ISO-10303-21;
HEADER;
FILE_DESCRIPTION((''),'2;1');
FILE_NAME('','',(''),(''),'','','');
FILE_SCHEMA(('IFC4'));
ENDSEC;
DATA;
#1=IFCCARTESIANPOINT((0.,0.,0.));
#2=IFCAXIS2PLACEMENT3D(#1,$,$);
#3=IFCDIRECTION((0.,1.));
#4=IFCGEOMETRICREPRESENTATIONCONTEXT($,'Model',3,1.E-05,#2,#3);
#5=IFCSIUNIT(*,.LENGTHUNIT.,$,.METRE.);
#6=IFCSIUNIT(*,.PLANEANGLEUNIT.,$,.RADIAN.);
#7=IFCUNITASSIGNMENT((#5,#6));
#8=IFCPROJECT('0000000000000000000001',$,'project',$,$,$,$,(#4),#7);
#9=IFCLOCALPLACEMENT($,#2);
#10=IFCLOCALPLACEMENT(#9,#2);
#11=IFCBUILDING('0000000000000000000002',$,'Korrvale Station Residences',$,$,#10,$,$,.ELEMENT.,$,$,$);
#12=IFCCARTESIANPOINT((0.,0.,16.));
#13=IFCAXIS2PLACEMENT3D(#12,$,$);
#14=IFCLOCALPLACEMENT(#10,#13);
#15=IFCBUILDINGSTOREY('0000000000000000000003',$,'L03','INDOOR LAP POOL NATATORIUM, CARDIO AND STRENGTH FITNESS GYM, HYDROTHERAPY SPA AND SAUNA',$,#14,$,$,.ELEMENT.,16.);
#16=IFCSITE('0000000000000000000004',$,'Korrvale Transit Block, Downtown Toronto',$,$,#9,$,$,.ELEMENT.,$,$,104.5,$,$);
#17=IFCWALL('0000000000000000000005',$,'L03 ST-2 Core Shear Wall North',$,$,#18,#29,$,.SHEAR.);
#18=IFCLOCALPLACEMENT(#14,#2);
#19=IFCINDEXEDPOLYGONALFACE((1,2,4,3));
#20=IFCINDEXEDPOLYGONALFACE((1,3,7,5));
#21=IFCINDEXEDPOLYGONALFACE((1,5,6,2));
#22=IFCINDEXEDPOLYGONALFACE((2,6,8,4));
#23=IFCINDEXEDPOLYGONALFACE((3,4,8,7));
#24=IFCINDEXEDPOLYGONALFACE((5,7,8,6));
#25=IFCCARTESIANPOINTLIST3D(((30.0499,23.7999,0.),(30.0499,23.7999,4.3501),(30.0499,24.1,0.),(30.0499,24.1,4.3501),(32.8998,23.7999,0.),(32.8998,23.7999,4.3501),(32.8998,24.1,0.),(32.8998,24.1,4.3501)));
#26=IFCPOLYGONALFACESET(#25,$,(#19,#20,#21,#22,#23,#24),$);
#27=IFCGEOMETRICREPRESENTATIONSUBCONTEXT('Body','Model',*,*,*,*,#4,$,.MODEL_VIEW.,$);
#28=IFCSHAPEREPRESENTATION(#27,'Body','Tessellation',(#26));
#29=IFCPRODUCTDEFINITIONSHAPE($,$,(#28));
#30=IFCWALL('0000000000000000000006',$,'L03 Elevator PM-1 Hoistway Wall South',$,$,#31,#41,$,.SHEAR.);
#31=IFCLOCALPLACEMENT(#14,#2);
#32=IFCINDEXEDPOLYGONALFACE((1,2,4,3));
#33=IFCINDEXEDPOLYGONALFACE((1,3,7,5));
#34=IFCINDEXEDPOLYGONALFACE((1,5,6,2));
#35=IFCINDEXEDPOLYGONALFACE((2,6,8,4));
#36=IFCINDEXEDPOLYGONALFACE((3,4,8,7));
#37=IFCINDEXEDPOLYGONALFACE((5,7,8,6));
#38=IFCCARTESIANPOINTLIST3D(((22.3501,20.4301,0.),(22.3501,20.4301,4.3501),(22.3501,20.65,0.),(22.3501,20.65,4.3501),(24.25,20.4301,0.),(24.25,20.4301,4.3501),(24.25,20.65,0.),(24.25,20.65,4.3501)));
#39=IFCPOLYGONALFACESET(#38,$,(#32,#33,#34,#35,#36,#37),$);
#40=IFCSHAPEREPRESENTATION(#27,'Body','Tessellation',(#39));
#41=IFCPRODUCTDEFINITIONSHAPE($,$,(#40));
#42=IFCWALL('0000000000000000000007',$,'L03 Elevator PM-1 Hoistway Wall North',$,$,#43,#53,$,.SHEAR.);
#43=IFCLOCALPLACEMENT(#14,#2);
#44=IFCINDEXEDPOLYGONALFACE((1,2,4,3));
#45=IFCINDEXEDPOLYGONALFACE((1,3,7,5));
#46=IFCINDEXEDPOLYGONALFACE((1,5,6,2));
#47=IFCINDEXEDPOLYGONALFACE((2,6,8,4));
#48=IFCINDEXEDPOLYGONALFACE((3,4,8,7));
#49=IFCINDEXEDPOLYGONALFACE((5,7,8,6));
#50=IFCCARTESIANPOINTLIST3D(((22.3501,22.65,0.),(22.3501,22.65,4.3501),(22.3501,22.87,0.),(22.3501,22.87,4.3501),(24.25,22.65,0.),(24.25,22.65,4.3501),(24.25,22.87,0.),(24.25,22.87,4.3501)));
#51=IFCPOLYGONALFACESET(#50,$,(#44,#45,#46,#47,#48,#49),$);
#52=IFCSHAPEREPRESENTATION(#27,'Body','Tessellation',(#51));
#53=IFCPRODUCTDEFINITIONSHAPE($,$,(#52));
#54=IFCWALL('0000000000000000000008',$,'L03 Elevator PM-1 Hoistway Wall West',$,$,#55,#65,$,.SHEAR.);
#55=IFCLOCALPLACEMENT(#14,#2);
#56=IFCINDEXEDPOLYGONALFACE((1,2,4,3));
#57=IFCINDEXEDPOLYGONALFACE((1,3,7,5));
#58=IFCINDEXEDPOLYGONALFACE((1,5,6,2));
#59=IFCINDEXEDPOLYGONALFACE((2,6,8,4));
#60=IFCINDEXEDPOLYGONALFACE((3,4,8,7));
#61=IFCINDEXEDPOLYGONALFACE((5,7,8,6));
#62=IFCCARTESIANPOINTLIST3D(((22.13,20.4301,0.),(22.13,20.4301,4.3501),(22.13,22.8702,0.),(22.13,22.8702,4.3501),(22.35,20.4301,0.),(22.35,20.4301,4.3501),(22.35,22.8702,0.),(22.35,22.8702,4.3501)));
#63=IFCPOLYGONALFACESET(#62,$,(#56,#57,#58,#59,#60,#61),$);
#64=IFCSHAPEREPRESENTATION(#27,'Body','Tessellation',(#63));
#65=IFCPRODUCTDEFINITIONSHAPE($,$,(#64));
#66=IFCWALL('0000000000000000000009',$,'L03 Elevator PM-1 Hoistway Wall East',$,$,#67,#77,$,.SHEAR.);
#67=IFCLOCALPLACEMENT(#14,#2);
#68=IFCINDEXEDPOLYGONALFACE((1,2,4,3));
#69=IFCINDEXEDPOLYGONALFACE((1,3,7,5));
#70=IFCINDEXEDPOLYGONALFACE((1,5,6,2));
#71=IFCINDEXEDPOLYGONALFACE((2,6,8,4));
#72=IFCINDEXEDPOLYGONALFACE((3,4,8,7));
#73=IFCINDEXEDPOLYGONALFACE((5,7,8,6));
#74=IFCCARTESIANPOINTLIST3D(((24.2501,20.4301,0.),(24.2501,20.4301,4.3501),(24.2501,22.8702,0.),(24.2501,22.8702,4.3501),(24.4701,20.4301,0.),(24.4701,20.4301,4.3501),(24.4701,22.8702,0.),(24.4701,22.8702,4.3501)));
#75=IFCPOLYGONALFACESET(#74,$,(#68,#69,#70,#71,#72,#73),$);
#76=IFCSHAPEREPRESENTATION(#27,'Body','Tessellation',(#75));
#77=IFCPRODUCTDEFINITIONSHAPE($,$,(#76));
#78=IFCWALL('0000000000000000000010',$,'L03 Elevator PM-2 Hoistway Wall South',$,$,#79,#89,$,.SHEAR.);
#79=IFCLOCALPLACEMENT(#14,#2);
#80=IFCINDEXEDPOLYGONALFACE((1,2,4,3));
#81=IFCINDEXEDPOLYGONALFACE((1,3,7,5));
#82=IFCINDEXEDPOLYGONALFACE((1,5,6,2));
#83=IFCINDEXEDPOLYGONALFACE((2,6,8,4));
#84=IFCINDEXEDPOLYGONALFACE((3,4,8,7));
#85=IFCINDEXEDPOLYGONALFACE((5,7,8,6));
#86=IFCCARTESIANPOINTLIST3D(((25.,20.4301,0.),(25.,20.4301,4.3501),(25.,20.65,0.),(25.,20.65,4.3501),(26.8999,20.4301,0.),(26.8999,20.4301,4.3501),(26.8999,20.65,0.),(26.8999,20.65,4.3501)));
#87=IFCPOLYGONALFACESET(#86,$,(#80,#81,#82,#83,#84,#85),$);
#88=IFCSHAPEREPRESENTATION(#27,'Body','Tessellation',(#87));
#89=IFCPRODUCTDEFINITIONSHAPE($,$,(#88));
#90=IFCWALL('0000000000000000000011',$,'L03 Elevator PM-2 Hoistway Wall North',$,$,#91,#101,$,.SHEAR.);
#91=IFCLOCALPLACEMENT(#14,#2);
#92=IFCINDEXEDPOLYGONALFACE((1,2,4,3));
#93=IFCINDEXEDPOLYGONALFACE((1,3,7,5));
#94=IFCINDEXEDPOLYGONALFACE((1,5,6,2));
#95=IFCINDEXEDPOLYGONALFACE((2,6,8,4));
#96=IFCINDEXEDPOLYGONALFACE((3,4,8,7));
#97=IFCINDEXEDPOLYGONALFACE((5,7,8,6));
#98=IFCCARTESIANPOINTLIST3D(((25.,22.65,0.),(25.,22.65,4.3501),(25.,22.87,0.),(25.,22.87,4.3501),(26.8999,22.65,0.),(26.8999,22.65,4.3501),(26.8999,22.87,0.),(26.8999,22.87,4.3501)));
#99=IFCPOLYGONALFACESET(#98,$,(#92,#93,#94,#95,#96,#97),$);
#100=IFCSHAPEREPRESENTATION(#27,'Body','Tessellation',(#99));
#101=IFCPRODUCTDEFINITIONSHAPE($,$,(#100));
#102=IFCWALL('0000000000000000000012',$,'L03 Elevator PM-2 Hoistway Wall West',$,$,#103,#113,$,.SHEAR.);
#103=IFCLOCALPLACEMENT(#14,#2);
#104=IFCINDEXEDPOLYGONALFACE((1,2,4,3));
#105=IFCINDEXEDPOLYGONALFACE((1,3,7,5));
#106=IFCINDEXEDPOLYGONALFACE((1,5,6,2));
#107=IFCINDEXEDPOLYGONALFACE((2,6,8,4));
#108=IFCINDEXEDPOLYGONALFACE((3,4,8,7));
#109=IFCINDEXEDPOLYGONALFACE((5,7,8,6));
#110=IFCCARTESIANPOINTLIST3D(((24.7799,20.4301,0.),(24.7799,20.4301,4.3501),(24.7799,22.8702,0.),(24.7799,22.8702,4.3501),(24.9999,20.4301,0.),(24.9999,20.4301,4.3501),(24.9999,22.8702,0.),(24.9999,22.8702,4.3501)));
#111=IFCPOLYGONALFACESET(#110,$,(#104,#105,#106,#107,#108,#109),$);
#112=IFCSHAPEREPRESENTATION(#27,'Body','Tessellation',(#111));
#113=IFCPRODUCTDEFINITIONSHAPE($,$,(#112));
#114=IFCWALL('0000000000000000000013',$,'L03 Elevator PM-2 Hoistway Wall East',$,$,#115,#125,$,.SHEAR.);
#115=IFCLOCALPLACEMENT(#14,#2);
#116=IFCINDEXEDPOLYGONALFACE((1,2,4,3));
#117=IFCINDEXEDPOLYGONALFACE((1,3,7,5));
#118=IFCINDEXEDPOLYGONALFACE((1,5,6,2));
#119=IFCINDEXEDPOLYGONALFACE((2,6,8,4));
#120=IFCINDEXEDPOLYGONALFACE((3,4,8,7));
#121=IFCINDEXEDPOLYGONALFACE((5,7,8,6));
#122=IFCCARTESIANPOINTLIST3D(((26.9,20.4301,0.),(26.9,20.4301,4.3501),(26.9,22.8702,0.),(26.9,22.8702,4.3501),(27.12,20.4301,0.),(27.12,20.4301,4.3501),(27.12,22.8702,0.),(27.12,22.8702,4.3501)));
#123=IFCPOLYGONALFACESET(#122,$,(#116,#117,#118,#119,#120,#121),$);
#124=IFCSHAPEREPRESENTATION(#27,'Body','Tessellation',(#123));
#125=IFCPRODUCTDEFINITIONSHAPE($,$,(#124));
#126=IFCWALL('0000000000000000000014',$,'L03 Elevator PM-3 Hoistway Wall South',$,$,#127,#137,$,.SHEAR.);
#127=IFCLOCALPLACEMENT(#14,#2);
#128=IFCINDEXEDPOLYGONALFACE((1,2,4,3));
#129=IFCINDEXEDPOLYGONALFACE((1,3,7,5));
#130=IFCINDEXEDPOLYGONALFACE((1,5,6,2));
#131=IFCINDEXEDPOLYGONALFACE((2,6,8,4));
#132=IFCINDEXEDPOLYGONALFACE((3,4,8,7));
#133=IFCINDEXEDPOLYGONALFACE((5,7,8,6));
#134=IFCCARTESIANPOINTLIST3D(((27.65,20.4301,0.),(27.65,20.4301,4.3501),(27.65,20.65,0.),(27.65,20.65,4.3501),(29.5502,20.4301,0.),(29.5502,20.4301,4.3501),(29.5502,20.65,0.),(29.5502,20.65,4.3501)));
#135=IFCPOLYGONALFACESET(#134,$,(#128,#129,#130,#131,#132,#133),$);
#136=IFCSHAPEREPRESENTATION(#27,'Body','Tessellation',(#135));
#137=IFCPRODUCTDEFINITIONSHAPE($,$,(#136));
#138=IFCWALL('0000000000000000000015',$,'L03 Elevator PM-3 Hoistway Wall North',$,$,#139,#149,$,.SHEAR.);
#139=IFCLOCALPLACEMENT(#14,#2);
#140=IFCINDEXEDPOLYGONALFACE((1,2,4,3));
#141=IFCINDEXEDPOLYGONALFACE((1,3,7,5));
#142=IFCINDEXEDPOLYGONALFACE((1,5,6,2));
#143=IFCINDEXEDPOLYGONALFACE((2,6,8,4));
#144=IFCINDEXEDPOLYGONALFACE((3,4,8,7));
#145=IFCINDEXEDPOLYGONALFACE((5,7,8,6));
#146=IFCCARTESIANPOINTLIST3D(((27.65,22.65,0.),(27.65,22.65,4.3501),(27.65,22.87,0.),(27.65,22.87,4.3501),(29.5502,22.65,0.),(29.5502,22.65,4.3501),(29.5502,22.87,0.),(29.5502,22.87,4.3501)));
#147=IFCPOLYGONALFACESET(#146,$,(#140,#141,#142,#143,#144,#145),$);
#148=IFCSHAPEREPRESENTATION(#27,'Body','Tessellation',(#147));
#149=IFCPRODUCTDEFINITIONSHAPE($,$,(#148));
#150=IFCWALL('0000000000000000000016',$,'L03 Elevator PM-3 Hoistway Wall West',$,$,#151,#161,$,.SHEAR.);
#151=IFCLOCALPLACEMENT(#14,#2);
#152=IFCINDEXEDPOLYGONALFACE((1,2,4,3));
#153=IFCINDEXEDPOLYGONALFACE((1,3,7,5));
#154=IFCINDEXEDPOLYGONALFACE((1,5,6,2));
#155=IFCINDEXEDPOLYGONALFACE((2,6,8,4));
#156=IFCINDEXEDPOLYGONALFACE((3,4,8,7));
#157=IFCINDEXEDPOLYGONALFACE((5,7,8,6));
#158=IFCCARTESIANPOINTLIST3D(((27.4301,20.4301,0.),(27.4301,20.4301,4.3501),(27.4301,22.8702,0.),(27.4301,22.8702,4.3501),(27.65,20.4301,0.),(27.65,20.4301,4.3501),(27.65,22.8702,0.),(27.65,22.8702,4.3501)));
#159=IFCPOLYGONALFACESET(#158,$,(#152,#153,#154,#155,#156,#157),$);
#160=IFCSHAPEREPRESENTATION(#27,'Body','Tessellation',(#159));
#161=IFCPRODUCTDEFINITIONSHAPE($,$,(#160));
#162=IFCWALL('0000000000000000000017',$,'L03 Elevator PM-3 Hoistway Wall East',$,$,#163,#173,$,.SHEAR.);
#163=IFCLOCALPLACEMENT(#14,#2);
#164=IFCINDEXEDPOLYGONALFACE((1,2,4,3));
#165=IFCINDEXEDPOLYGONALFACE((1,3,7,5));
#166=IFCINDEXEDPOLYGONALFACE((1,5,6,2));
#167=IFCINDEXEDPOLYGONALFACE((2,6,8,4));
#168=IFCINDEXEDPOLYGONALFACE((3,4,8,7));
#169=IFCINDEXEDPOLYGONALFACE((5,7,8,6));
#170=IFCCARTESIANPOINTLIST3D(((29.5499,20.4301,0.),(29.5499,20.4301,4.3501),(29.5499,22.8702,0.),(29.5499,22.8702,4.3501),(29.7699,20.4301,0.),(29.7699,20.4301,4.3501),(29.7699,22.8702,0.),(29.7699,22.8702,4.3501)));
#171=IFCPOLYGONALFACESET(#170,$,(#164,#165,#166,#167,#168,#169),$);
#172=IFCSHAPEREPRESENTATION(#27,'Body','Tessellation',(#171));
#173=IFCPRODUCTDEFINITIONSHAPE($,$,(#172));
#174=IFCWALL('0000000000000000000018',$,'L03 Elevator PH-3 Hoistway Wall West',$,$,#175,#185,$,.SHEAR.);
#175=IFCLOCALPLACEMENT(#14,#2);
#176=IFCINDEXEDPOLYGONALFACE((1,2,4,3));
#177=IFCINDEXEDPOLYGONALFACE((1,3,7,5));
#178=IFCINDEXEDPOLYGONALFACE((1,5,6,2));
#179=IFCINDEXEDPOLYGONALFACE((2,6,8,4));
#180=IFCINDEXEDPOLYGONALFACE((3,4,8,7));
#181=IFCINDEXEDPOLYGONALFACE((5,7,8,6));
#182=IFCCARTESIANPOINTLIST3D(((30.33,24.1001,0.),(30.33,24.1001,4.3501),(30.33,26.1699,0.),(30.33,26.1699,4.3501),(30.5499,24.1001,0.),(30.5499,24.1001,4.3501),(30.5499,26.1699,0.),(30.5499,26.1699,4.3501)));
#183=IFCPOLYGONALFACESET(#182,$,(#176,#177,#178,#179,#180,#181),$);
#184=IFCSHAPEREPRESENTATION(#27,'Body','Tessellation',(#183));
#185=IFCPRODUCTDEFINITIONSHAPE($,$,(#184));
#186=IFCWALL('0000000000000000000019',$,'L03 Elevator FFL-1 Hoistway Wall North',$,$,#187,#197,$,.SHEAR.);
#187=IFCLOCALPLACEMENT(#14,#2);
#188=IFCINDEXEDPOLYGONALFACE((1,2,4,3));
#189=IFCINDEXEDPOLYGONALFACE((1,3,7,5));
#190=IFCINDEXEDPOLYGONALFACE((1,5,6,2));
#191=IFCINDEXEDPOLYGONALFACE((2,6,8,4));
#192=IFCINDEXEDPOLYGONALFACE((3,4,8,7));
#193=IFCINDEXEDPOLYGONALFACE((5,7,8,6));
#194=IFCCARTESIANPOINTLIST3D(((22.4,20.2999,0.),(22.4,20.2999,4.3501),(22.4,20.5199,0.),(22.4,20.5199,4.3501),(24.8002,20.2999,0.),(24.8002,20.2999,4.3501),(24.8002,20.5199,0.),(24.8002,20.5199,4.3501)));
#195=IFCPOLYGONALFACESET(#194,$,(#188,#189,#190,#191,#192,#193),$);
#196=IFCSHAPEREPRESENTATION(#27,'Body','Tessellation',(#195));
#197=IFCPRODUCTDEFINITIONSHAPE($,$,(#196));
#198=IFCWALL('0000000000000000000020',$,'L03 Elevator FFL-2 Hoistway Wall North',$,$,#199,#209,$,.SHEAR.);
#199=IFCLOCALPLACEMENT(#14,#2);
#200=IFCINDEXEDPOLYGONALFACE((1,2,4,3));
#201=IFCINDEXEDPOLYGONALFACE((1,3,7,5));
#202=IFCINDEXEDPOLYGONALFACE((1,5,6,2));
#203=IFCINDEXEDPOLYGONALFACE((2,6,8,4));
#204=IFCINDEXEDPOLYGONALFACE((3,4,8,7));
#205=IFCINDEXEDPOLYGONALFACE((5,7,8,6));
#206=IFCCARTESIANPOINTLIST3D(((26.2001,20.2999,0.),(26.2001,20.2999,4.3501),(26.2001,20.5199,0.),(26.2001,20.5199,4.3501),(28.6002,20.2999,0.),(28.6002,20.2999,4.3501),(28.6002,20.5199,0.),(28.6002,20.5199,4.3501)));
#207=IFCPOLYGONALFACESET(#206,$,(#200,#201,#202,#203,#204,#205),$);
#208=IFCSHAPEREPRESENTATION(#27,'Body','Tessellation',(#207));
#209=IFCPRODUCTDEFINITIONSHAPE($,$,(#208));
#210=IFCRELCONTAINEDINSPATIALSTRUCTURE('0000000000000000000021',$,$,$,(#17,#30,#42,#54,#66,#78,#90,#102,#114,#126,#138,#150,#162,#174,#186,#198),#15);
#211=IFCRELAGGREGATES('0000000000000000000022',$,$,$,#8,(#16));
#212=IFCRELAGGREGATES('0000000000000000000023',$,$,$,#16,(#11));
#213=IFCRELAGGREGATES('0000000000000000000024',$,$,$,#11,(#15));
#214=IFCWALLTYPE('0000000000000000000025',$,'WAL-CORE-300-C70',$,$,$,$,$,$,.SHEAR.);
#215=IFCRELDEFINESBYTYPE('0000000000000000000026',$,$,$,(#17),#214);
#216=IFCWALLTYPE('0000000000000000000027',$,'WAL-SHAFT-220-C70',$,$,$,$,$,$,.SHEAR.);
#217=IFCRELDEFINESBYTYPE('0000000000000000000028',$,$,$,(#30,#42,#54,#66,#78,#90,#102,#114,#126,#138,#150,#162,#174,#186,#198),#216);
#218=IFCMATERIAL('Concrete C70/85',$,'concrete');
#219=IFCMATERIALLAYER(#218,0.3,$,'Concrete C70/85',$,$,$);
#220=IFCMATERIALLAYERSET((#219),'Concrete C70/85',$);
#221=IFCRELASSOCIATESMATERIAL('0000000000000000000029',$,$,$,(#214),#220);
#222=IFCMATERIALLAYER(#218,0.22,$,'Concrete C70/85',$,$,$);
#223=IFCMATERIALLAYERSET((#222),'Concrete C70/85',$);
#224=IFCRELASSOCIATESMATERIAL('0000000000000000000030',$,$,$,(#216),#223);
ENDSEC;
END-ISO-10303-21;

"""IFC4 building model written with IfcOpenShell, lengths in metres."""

from ifc_helpers import new_model, si_unit, direction, frame, frame_2d, origin, place, context, subcontext, project, spatial, rectangle, extrude, material, layer, layer_set, type_object, element, save


model = new_model("IFC4")

# Units and contexts
model_context = context("Model", 3, precision=1e-05, world=origin(), true_north=direction((0.0, 1.0)))
body_context = subcontext(model_context, "Body", "Model", "MODEL_VIEW")
ifc_project = project(units=[si_unit("LENGTHUNIT", "METRE"), si_unit("PLANEANGLEUNIT", "RADIAN")], contexts=[model_context])

# Site, building, storey
site_placement = place(None, origin())
site = spatial("IfcSite", under=ifc_project, at=site_placement, Name="Korrvale Transit Block, Downtown Toronto", CompositionType="ELEMENT", RefElevation=104.5)
building_placement = place(site_placement, origin())
building = spatial("IfcBuilding", under=site, at=building_placement, Name="Korrvale Station Residences", CompositionType="ELEMENT")
storey_placement = place(building_placement, frame((0.0, 0.0, 16.0)))
storey = spatial("IfcBuildingStorey", under=building, at=storey_placement, Name="L03", Description="INDOOR LAP POOL NATATORIUM, CARDIO AND STRENGTH FITNESS GYM, HYDROTHERAPY SPA AND SAUNA", CompositionType="ELEMENT", Elevation=16.0)

# Walls
ifc_material_1 = material(Name="Concrete C70/85", Category="concrete")
ifc_layer_1 = layer(ifc_material_1, 0.3, Name="Concrete C70/85")
ifc_layer_set_1 = layer_set([ifc_layer_1], Name="Concrete C70/85")
wall_type_1 = type_object("IfcWallType", Name="WAL-CORE-300-C70", PredefinedType="SHEAR", material=ifc_layer_set_1)
wall_1_placement = place(storey_placement, frame((30.05, 23.95, 0.0), z_axis=(0.0, 0.0, 1.0), x_axis=(1.0, 0.0, 0.0)))
element("IfcWall", 1, at=wall_1_placement, inside=storey, type_object=wall_type_1, Name="L03 ST-2 Core Shear Wall North", PredefinedType="SHEAR", context=body_context, shape_type="SweptSolid", body=[
    extrude(rectangle(XDim=2.8499, YDim=0.3, at=frame_2d((1.4248, 0.0))), origin(), (0.0, 0.0, 1.0), 4.3501),
])
ifc_layer_2 = layer(ifc_material_1, 0.22, Name="Concrete C70/85")
ifc_layer_set_2 = layer_set([ifc_layer_2], Name="Concrete C70/85")
wall_type_2 = type_object("IfcWallType", Name="WAL-SHAFT-220-C70", PredefinedType="SHEAR", material=ifc_layer_set_2)
for number, where, z_axis, x_axis, name in (
    (2, (22.3501, 20.54, 0.0), (0.0, 0.0, 1.0), (1.0, 0.0, 0.0), "L03 Elevator PM-1 Hoistway Wall South"),
    (3, (22.3501, 22.76, 0.0), (0.0, 0.0, 1.0), (1.0, 0.0, 0.0), "L03 Elevator PM-1 Hoistway Wall North"),
):
    element("IfcWall", number, at=place(storey_placement, frame(where, z_axis=z_axis, x_axis=x_axis)), inside=storey, type_object=wall_type_2, Name=name, PredefinedType="SHEAR", context=body_context, shape_type="SweptSolid", body=[
        extrude(rectangle(XDim=1.8999, YDim=0.22, at=frame_2d((0.95, 0.0))), origin(), (0.0, 0.0, 1.0), 4.3501),
    ])
for number, where, z_axis, x_axis, name in (
    (4, (22.24, 20.4299, 0.0), (0.0, 0.0, 1.0), (0.0, 1.0, 0.0), "L03 Elevator PM-1 Hoistway Wall West"),
    (5, (24.3601, 20.4299, 0.0), (0.0, 0.0, 1.0), (0.0, 1.0, 0.0), "L03 Elevator PM-1 Hoistway Wall East"),
):
    element("IfcWall", number, at=place(storey_placement, frame(where, z_axis=z_axis, x_axis=x_axis)), inside=storey, type_object=wall_type_2, Name=name, PredefinedType="SHEAR", context=body_context, shape_type="SweptSolid", body=[
        extrude(rectangle(XDim=2.4402, YDim=0.22, at=frame_2d((1.2202, 0.0))), origin(), (0.0, 0.0, 1.0), 4.3501),
    ])
for number, where, z_axis, x_axis, name in (
    (6, (25.0, 20.54, 0.0), (0.0, 0.0, 1.0), (1.0, 0.0, 0.0), "L03 Elevator PM-2 Hoistway Wall South"),
    (7, (25.0, 22.76, 0.0), (0.0, 0.0, 1.0), (1.0, 0.0, 0.0), "L03 Elevator PM-2 Hoistway Wall North"),
):
    element("IfcWall", number, at=place(storey_placement, frame(where, z_axis=z_axis, x_axis=x_axis)), inside=storey, type_object=wall_type_2, Name=name, PredefinedType="SHEAR", context=body_context, shape_type="SweptSolid", body=[
        extrude(rectangle(XDim=1.8999, YDim=0.22, at=frame_2d((0.95, 0.0))), origin(), (0.0, 0.0, 1.0), 4.3501),
    ])
for number, where, z_axis, x_axis, name in (
    (8, (24.8899, 20.4299, 0.0), (0.0, 0.0, 1.0), (0.0, 1.0, 0.0), "L03 Elevator PM-2 Hoistway Wall West"),
    (9, (27.01, 20.4299, 0.0), (0.0, 0.0, 1.0), (0.0, 1.0, 0.0), "L03 Elevator PM-2 Hoistway Wall East"),
):
    element("IfcWall", number, at=place(storey_placement, frame(where, z_axis=z_axis, x_axis=x_axis)), inside=storey, type_object=wall_type_2, Name=name, PredefinedType="SHEAR", context=body_context, shape_type="SweptSolid", body=[
        extrude(rectangle(XDim=2.4402, YDim=0.22, at=frame_2d((1.2202, 0.0))), origin(), (0.0, 0.0, 1.0), 4.3501),
    ])
for number, where, z_axis, x_axis, name in (
    (10, (27.6499, 20.54, 0.0), (0.0, 0.0, 1.0), (1.0, 0.0, 0.0), "L03 Elevator PM-3 Hoistway Wall South"),
    (11, (27.6499, 22.76, 0.0), (0.0, 0.0, 1.0), (1.0, 0.0, 0.0), "L03 Elevator PM-3 Hoistway Wall North"),
):
    element("IfcWall", number, at=place(storey_placement, frame(where, z_axis=z_axis, x_axis=x_axis)), inside=storey, type_object=wall_type_2, Name=name, PredefinedType="SHEAR", context=body_context, shape_type="SweptSolid", body=[
        extrude(rectangle(XDim=1.9001, YDim=0.22, at=frame_2d((0.9502, 0.0))), origin(), (0.0, 0.0, 1.0), 4.3501),
    ])
for number, where, z_axis, x_axis, name in (
    (12, (27.54, 20.4299, 0.0), (0.0, 0.0, 1.0), (0.0, 1.0, 0.0), "L03 Elevator PM-3 Hoistway Wall West"),
    (13, (29.6599, 20.4299, 0.0), (0.0, 0.0, 1.0), (0.0, 1.0, 0.0), "L03 Elevator PM-3 Hoistway Wall East"),
):
    element("IfcWall", number, at=place(storey_placement, frame(where, z_axis=z_axis, x_axis=x_axis)), inside=storey, type_object=wall_type_2, Name=name, PredefinedType="SHEAR", context=body_context, shape_type="SweptSolid", body=[
        extrude(rectangle(XDim=2.4402, YDim=0.22, at=frame_2d((1.2202, 0.0))), origin(), (0.0, 0.0, 1.0), 4.3501),
    ])
wall_2_placement = place(storey_placement, frame((30.4399, 24.1001, 0.0), z_axis=(0.0, 0.0, 1.0), x_axis=(0.0, 1.0, 0.0)))
element("IfcWall", 14, at=wall_2_placement, inside=storey, type_object=wall_type_2, Name="L03 Elevator PH-3 Hoistway Wall West", PredefinedType="SHEAR", context=body_context, shape_type="SweptSolid", body=[
    extrude(rectangle(XDim=2.0698, YDim=0.22, at=frame_2d((1.0349, 0.0))), origin(), (0.0, 0.0, 1.0), 4.3501),
])
for number, where, z_axis, x_axis, name in (
    (15, (22.3999, 20.4099, 0.0), (0.0, 0.0, 1.0), (1.0, 0.0, 0.0), "L03 Elevator FFL-1 Hoistway Wall North"),
    (16, (26.2, 20.4099, 0.0), (0.0, 0.0, 1.0), (1.0, 0.0, 0.0), "L03 Elevator FFL-2 Hoistway Wall North"),
):
    element("IfcWall", number, at=place(storey_placement, frame(where, z_axis=z_axis, x_axis=x_axis)), inside=storey, type_object=wall_type_2, Name=name, PredefinedType="SHEAR", context=body_context, shape_type="SweptSolid", body=[
        extrude(rectangle(XDim=2.4001, YDim=0.22, at=frame_2d((1.2002, 0.0))), origin(), (0.0, 0.0, 1.0), 4.3501),
    ])

save(model, "model.ifc")
